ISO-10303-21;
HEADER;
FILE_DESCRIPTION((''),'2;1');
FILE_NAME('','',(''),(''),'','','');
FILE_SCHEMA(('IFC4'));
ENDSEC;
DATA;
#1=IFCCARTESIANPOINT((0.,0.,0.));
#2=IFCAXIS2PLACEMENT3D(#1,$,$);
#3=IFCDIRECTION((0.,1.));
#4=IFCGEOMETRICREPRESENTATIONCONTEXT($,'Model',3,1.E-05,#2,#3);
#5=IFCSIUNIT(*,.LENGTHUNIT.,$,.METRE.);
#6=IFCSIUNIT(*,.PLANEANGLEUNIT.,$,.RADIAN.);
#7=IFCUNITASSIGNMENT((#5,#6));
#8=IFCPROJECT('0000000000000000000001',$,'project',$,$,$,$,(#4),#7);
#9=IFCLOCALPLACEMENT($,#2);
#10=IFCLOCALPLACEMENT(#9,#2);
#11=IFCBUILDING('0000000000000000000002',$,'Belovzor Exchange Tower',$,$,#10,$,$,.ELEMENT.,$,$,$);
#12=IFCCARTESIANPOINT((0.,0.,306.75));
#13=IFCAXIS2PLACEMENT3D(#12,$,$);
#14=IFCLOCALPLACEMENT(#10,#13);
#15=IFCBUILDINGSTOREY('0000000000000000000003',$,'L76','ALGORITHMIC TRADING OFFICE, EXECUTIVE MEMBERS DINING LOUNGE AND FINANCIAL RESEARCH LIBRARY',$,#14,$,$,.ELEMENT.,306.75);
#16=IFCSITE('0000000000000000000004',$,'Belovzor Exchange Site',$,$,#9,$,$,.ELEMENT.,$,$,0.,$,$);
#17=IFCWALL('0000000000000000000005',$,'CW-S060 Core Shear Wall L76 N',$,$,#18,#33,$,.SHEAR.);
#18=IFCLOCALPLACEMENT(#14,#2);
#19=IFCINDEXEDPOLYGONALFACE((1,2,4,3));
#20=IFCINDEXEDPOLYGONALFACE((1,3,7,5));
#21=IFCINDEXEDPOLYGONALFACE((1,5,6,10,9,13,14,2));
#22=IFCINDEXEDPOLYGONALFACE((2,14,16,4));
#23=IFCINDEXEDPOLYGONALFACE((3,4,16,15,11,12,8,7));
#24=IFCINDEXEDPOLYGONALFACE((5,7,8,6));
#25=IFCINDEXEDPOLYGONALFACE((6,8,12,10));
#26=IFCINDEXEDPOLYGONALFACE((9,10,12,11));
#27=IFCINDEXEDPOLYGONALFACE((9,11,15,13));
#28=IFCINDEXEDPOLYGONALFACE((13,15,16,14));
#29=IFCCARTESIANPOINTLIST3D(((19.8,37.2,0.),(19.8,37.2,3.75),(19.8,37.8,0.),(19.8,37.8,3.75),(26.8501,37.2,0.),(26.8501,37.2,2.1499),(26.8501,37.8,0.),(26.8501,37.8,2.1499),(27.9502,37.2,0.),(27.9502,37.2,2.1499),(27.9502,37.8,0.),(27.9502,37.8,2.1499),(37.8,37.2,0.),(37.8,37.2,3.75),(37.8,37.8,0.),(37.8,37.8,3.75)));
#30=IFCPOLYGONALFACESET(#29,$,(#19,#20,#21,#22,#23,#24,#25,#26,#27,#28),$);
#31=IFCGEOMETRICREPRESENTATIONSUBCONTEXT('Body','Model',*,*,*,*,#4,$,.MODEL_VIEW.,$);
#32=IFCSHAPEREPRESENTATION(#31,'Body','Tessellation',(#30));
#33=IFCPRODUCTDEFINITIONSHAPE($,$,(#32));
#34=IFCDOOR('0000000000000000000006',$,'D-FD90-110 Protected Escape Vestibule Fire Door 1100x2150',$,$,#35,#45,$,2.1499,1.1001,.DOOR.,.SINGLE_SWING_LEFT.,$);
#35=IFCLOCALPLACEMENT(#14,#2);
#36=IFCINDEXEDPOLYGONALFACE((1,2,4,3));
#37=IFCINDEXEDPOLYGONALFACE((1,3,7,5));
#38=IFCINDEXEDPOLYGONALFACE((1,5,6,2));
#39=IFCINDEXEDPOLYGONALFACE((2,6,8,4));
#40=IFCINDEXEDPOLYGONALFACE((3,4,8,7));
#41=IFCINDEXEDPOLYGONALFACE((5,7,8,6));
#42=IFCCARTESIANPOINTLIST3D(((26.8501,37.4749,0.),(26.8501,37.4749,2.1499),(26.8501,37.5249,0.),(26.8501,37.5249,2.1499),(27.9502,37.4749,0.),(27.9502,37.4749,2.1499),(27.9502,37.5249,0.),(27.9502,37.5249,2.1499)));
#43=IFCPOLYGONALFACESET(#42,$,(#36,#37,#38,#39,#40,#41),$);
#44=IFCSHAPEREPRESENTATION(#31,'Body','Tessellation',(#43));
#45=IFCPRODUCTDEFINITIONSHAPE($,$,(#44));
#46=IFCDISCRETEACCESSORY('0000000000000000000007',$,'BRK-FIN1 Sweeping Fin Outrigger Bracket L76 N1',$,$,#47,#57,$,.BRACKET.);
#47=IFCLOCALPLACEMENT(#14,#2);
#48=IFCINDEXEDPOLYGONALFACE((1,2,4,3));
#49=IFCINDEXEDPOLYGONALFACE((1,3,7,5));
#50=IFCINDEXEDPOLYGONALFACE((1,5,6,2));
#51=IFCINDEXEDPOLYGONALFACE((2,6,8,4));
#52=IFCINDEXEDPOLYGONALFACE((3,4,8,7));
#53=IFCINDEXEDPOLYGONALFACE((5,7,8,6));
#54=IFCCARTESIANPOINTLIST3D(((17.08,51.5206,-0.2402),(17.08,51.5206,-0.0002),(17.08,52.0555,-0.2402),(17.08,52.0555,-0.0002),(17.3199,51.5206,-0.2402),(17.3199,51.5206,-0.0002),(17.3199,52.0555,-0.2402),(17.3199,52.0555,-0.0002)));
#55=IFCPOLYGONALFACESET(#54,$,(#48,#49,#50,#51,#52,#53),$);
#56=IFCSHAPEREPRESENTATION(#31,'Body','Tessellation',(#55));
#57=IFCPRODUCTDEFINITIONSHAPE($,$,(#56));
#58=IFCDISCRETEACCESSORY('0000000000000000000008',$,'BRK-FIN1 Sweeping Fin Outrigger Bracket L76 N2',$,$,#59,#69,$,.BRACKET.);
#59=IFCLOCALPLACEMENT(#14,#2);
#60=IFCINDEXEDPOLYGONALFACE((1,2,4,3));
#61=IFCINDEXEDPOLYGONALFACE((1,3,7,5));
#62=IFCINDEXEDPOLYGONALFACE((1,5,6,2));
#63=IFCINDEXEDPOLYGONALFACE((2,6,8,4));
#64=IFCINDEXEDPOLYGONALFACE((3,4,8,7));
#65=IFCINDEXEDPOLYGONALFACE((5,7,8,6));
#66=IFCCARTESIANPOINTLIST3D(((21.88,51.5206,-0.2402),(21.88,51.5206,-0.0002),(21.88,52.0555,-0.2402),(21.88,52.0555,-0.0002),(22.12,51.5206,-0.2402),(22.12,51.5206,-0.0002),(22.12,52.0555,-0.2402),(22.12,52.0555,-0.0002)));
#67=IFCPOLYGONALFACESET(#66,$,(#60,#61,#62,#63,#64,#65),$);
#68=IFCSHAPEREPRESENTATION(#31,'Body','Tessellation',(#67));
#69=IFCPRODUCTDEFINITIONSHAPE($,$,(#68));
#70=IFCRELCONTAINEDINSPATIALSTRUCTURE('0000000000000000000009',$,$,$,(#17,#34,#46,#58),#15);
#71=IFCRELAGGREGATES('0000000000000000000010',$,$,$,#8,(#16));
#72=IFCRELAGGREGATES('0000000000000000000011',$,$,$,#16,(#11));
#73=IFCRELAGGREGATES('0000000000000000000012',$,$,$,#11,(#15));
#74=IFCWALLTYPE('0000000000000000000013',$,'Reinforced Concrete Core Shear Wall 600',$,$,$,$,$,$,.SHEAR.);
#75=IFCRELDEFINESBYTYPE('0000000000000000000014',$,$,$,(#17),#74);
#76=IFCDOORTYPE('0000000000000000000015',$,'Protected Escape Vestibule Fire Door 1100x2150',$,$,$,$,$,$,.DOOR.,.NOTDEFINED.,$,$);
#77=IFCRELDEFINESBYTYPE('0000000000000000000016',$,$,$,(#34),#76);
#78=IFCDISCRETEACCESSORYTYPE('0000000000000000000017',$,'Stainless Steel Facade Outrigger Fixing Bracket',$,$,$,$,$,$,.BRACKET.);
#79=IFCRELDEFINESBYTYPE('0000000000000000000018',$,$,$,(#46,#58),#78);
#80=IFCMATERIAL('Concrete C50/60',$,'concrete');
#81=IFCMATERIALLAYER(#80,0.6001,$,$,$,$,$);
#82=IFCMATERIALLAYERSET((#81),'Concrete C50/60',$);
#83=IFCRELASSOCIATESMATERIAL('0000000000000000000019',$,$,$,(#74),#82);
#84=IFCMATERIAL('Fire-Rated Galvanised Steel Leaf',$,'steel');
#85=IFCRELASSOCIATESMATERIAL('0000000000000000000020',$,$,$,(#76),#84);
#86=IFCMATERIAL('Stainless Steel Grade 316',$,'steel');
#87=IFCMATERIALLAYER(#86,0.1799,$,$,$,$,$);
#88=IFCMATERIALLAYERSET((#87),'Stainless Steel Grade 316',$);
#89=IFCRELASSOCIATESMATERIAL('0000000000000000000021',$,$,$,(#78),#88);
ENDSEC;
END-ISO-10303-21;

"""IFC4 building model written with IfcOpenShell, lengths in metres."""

from ifc_helpers import new_model, si_unit, direction, frame, frame_2d, origin, origin_2d, place, context, subcontext, project, spatial, rectangle, extrude, material, layer, layer_set, type_object, element, fill, save


model = new_model("IFC4")

# Units and contexts
model_context = context("Model", 3, precision=1e-05, world=origin(), true_north=direction((0.0, 1.0)))
body_context = subcontext(model_context, "Body", "Model", "MODEL_VIEW")
ifc_project = project(units=[si_unit("LENGTHUNIT", "METRE"), si_unit("PLANEANGLEUNIT", "RADIAN")], contexts=[model_context])

# Site, building, storey
site_placement = place(None, origin())
site = spatial("IfcSite", under=ifc_project, at=site_placement, Name="Belovzor Exchange Site", CompositionType="ELEMENT", RefElevation=0.0)
building_placement = place(site_placement, origin())
building = spatial("IfcBuilding", under=site, at=building_placement, Name="Belovzor Exchange Tower", CompositionType="ELEMENT")
storey_placement = place(building_placement, frame((0.0, 0.0, 306.75)))
storey = spatial("IfcBuildingStorey", under=building, at=storey_placement, Name="L76", Description="ALGORITHMIC TRADING OFFICE, EXECUTIVE MEMBERS DINING LOUNGE AND FINANCIAL RESEARCH LIBRARY", CompositionType="ELEMENT", Elevation=306.75)

# Wall, opening, door
ifc_material_1 = material(Name="Concrete C50/60", Category="concrete")
ifc_layer_1 = layer(ifc_material_1, 0.6001)
ifc_layer_set_1 = layer_set([ifc_layer_1], Name="Concrete C50/60")
wall_type_1 = type_object("IfcWallType", Name="Reinforced Concrete Core Shear Wall 600", PredefinedType="SHEAR", material=ifc_layer_set_1)
wall_1_placement = place(storey_placement, frame((19.8, 37.5, 0.0), z_axis=(0.0, 0.0, 1.0), x_axis=(1.0, 0.0, 0.0)))
wall_1 = element("IfcWall", 1, at=wall_1_placement, inside=storey, type_object=wall_type_1, Name="CW-S060 Core Shear Wall L76 N", PredefinedType="SHEAR", context=body_context, shape_type="SweptSolid", body=[
    extrude(rectangle(XDim=18.0, YDim=0.6001, at=frame_2d((9.0, 0.0))), origin(), (0.0, 0.0, 1.0), 3.75),
])
opening_1_placement = place(wall_1_placement, frame((7.05, 0.0, 0.0)))
opening_1 = element("IfcOpeningElement", 2, at=opening_1_placement, cuts=wall_1, PredefinedType="OPENING", context=body_context, shape_type="SweptSolid", body=[
    extrude(rectangle(XDim=1.1001, YDim=2.1499, at=frame_2d((0.55, 1.075))), frame((0.0, 0.3101, 0.0), z_axis=(0.0, -1.0, 0.0), x_axis=(1.0, 0.0, 0.0)), (0.0, 0.0, 1.0), 0.6201),
])
ifc_material_2 = material(Name="Fire-Rated Galvanised Steel Leaf", Category="steel")
door_type_1 = type_object("IfcDoorType", Name="Protected Escape Vestibule Fire Door 1100x2150", OperationType="NOTDEFINED", PredefinedType="DOOR", material=ifc_material_2)
door_1_placement = place(opening_1_placement, origin())
door_1 = element("IfcDoor", 3, at=door_1_placement, inside=storey, type_object=door_type_1, Name="D-FD90-110 Protected Escape Vestibule Fire Door 1100x2150", OperationType="SINGLE_SWING_LEFT", OverallHeight=2.1499, OverallWidth=1.1001, PredefinedType="DOOR", context=body_context, shape_type="SweptSolid", body=[
    extrude(rectangle(XDim=1.1001, YDim=2.1499, at=frame_2d((0.55, 1.075))), frame((0.0, 0.0249, 0.0), z_axis=(0.0, -1.0, 0.0), x_axis=(1.0, 0.0, 0.0)), (0.0, 0.0, 1.0), 0.05),
])
fill(opening_1, door_1)

# Discrete accessories
ifc_material_3 = material(Name="Stainless Steel Grade 316", Category="steel")
ifc_layer_2 = layer(ifc_material_3, 0.1799)
ifc_layer_set_2 = layer_set([ifc_layer_2], Name="Stainless Steel Grade 316")
discrete_accessory_type = type_object("IfcDiscreteAccessoryType", Name="Stainless Steel Facade Outrigger Fixing Bracket", PredefinedType="BRACKET", material=ifc_layer_set_2)
for number, where, z_axis, x_axis, name in (
    (4, (17.2, 51.7881, -0.2402), (0.0, 0.0, 1.0), (0.0, 1.0, 0.0), "BRK-FIN1 Sweeping Fin Outrigger Bracket L76 N1"),
    (5, (22.0, 51.7881, -0.2402), (0.0, 0.0, 1.0), (0.0, 1.0, 0.0), "BRK-FIN1 Sweeping Fin Outrigger Bracket L76 N2"),
):
    element("IfcDiscreteAccessory", number, at=place(storey_placement, frame(where, z_axis=z_axis, x_axis=x_axis)), inside=storey, type_object=discrete_accessory_type, Name=name, PredefinedType="BRACKET", context=body_context, shape_type="SweptSolid", body=[
        extrude(rectangle(XDim=0.5349, YDim=0.24, at=origin_2d()), origin(), (0.0, 0.0, 1.0), 0.24),
    ])

save(model, "model.ifc")
